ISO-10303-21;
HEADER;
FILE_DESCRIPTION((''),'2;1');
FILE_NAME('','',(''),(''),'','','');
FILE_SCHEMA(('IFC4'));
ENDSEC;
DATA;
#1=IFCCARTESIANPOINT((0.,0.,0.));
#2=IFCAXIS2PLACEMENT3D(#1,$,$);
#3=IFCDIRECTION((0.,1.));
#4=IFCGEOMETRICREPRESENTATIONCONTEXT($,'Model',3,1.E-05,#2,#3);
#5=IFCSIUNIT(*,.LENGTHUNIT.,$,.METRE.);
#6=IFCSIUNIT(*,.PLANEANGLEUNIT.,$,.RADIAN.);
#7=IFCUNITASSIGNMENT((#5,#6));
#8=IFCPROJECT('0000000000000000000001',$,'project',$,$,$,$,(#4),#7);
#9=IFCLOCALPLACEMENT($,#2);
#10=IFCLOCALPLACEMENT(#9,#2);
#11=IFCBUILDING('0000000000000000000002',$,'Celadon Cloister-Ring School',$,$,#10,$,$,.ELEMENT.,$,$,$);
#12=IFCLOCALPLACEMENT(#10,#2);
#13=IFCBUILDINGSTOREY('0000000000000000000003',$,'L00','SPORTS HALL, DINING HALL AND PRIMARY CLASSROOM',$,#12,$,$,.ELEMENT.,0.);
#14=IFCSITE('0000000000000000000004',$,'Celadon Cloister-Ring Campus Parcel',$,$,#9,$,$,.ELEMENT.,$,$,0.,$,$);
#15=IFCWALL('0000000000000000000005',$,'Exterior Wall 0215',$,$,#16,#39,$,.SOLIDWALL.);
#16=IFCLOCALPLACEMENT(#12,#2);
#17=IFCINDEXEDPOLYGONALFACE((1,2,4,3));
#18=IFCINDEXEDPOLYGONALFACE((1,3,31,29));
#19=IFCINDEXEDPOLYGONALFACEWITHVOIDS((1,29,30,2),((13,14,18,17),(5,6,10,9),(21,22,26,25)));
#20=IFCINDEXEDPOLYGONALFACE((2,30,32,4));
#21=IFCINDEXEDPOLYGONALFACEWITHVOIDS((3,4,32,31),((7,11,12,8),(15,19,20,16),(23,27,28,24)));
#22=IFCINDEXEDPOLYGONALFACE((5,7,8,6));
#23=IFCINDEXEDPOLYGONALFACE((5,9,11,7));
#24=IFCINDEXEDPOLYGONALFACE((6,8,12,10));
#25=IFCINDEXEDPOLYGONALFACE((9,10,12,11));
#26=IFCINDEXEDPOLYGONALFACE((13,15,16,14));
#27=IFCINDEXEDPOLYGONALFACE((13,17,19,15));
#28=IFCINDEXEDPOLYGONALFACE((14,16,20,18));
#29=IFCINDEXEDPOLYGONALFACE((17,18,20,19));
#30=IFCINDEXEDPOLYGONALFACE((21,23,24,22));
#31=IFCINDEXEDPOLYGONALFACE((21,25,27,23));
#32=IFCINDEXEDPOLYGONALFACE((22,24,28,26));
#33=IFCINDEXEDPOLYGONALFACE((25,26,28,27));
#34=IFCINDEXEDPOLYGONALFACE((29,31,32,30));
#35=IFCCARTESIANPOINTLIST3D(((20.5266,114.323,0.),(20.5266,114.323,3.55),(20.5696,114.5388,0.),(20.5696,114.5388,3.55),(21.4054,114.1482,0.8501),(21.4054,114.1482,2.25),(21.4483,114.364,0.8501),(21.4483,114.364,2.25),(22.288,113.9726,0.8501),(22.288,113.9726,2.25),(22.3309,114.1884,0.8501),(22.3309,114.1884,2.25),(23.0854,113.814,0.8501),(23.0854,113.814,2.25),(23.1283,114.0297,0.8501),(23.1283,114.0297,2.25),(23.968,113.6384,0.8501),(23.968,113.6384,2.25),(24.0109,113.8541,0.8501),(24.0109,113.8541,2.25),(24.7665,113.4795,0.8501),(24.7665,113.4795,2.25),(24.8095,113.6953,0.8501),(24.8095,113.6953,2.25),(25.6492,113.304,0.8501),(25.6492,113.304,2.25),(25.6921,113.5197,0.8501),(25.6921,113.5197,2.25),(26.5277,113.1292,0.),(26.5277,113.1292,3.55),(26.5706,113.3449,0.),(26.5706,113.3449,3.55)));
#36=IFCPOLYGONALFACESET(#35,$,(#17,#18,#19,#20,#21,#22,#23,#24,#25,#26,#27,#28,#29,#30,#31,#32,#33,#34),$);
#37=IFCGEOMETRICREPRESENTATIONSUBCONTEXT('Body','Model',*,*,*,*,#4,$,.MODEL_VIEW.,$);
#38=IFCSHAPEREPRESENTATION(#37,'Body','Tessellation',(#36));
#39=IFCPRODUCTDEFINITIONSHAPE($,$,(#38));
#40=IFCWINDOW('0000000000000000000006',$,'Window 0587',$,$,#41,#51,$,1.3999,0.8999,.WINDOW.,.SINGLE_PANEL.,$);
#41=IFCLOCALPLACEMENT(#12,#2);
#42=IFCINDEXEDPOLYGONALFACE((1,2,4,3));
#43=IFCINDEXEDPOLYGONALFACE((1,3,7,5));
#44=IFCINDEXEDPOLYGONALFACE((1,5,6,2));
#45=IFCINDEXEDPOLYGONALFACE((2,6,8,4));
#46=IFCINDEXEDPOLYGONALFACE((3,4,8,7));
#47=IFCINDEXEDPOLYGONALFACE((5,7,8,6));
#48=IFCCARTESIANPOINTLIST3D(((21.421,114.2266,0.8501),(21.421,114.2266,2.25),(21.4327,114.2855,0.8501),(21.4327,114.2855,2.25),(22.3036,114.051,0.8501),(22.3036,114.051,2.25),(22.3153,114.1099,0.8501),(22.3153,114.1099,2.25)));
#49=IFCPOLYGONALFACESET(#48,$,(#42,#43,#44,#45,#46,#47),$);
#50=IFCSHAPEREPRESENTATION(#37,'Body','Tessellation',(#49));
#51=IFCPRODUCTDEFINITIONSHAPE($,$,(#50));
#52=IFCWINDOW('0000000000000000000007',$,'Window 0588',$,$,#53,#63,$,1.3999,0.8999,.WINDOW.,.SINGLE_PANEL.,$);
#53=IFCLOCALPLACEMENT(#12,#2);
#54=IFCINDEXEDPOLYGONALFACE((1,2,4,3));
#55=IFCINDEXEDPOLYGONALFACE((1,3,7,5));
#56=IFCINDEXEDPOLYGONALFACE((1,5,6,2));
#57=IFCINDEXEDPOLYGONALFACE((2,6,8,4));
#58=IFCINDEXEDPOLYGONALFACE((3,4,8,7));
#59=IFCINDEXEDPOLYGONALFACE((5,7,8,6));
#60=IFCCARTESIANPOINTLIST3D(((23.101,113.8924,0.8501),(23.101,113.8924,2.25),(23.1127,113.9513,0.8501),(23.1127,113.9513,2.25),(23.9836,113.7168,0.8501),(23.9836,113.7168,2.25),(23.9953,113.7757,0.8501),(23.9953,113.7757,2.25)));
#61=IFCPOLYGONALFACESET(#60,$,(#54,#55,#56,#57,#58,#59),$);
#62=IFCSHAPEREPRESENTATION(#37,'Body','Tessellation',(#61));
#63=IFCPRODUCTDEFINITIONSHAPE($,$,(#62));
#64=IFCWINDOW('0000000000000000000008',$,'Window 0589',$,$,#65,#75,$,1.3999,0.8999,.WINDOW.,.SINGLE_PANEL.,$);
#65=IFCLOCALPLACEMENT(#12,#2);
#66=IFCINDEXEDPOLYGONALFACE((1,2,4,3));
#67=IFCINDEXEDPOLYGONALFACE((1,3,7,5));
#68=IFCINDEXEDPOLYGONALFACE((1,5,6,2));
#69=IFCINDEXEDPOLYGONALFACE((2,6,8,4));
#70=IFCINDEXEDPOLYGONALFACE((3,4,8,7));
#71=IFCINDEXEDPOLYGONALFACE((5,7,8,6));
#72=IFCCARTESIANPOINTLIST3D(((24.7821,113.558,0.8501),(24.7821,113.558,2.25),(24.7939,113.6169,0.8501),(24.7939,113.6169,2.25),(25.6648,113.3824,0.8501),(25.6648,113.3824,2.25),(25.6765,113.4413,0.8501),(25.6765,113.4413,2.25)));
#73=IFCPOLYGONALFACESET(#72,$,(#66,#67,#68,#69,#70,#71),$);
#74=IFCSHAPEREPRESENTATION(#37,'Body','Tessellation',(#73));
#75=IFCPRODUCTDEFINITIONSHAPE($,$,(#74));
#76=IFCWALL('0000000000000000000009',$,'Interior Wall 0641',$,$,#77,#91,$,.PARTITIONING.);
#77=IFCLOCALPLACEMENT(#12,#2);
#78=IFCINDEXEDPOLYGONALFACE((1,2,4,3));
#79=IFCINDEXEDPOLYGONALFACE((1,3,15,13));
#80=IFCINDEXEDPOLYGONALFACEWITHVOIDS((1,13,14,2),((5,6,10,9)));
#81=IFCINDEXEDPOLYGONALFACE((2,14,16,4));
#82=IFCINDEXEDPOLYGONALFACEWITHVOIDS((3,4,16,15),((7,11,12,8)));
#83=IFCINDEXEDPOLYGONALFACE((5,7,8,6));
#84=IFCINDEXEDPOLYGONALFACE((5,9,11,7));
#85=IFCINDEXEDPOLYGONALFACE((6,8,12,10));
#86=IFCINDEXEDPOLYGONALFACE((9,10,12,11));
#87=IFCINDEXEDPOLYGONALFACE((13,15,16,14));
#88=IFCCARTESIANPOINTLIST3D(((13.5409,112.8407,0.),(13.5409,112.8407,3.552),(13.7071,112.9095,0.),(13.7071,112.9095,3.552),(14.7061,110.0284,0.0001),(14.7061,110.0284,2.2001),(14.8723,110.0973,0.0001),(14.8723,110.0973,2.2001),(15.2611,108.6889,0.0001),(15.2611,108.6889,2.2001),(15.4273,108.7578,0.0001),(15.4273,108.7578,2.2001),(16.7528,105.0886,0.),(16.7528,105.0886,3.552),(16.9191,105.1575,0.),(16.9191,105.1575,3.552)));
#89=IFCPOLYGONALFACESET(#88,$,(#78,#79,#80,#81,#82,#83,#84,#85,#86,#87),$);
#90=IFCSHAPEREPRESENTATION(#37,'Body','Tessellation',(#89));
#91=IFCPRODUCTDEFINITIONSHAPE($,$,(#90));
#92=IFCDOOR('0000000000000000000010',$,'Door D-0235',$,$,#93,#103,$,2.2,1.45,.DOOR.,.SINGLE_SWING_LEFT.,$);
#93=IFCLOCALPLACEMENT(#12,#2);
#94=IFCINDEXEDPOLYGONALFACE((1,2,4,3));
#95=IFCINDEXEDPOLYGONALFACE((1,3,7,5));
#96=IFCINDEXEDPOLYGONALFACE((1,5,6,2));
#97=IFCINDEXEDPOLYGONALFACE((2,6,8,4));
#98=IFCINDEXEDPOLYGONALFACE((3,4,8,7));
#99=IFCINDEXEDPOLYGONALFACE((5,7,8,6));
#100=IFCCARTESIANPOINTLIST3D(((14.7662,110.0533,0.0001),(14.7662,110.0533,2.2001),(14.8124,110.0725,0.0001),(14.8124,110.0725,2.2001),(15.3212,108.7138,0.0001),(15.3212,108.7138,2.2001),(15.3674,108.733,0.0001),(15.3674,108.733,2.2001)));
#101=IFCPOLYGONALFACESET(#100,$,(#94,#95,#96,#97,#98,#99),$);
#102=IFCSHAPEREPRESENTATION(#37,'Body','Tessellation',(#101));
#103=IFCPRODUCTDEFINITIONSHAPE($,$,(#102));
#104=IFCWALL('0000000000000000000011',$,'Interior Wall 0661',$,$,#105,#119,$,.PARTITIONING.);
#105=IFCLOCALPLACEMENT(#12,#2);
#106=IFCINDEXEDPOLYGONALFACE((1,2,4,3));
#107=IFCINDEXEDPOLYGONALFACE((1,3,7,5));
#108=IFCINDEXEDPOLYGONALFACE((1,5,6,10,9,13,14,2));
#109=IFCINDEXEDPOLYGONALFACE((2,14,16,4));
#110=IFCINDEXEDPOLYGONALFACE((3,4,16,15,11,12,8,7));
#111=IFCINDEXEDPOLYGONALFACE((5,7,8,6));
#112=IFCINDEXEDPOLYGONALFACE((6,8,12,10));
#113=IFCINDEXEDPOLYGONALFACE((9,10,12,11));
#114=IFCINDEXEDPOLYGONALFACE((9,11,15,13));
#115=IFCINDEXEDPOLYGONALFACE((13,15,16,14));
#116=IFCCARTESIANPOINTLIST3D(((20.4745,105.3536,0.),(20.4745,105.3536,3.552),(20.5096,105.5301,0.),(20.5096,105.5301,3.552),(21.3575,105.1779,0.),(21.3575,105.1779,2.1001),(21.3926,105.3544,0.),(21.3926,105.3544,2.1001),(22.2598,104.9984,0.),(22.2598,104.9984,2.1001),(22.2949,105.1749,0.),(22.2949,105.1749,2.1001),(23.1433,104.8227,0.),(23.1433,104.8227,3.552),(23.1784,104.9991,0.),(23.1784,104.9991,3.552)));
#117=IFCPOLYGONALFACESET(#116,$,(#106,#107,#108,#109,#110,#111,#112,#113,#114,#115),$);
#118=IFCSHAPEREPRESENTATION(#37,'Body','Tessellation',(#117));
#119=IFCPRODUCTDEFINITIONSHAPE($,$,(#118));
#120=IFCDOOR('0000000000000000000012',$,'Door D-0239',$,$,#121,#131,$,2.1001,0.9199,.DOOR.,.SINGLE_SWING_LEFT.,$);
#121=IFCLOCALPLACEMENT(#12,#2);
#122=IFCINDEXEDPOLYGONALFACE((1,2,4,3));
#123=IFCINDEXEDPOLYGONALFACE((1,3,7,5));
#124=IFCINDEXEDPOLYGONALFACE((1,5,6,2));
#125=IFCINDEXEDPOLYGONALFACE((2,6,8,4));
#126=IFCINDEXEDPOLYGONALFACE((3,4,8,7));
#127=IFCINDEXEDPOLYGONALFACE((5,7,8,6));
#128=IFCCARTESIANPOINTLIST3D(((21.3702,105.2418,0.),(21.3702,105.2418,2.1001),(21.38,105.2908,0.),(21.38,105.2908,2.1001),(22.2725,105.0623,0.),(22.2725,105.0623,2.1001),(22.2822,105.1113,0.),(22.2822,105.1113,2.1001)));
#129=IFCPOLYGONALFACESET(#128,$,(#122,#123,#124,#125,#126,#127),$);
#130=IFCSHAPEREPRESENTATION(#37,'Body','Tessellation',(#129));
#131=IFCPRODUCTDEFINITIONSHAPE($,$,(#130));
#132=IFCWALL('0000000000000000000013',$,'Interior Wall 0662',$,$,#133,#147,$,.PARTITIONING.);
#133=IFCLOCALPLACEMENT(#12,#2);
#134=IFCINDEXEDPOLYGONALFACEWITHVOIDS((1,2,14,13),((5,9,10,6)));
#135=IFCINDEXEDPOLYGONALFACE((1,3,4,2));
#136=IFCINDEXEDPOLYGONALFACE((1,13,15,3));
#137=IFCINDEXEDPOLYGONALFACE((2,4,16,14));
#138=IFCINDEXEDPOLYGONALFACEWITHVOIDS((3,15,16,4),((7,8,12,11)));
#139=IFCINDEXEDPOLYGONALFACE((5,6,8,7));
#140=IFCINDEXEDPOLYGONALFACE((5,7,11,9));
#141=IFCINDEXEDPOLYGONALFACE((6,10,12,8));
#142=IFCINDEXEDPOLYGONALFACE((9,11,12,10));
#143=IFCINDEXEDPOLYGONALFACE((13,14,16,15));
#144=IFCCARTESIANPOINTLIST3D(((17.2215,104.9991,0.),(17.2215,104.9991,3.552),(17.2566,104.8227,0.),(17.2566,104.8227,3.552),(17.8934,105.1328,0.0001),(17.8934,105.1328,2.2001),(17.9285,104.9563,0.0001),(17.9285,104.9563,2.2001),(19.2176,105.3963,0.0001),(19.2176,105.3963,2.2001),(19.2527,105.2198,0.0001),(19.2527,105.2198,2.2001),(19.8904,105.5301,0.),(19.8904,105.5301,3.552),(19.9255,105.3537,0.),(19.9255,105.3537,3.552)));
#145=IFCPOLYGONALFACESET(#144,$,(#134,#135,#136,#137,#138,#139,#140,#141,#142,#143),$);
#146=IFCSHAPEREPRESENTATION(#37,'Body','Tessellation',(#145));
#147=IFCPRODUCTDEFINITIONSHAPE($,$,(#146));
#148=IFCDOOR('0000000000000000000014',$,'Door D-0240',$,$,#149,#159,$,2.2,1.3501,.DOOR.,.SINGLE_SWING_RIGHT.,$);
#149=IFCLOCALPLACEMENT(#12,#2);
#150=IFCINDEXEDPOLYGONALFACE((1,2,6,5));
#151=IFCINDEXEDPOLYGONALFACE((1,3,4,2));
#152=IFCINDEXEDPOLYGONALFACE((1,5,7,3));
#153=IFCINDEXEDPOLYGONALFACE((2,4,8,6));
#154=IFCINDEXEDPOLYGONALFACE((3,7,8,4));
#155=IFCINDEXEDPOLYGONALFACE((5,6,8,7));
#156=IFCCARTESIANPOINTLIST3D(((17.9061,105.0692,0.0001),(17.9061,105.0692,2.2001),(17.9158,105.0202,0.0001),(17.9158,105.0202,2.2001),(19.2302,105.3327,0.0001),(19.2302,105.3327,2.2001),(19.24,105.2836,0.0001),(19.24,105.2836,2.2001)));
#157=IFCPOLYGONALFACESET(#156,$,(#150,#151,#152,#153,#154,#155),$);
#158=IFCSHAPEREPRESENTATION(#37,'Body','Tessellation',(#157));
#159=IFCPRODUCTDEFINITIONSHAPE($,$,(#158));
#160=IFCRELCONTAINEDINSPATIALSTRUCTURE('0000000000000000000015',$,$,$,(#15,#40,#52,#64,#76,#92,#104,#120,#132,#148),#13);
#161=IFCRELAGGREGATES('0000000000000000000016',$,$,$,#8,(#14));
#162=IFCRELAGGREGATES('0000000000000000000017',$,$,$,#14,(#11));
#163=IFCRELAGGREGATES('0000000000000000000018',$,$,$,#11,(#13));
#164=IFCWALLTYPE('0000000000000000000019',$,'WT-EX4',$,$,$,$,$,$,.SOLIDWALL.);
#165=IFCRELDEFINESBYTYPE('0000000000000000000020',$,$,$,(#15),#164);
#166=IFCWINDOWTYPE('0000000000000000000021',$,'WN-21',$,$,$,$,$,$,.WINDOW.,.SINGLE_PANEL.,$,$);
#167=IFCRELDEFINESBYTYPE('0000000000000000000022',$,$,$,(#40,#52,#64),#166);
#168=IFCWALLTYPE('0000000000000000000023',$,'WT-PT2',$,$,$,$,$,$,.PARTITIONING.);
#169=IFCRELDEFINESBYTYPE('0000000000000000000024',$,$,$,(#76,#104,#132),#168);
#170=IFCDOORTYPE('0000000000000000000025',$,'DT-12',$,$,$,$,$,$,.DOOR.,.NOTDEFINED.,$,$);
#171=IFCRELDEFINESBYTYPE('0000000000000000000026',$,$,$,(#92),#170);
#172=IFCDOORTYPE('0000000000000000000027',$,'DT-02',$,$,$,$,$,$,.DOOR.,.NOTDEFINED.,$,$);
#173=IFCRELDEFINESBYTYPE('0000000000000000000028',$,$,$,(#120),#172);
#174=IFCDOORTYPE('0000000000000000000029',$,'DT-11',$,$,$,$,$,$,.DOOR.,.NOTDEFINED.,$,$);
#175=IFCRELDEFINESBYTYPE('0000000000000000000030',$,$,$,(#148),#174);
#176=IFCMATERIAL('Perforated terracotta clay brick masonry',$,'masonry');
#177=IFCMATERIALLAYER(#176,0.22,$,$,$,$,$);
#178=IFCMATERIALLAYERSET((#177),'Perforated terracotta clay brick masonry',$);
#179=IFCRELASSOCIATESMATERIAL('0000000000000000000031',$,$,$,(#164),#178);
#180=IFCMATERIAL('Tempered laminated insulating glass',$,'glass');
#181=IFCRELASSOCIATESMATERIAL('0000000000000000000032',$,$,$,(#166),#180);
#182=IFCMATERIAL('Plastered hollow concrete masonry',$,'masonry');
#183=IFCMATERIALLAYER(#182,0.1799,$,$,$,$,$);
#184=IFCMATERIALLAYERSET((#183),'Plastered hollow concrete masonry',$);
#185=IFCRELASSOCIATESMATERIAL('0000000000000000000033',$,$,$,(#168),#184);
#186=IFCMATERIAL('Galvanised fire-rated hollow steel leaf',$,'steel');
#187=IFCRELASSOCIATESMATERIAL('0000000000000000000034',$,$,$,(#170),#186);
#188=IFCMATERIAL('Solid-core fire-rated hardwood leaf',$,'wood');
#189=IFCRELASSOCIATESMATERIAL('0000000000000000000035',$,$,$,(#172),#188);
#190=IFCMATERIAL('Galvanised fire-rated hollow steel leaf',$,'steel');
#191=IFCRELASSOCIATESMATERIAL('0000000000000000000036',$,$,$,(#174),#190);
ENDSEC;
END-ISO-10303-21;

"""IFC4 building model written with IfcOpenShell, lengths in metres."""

from ifc_helpers import new_model, si_unit, direction, frame, frame_2d, origin, place, context, subcontext, project, spatial, rectangle, extrude, material, layer, layer_set, type_object, element, fill, save


model = new_model("IFC4")

# Units and contexts
model_context = context("Model", 3, precision=1e-05, world=origin(), true_north=direction((0.0, 1.0)))
body_context = subcontext(model_context, "Body", "Model", "MODEL_VIEW")
ifc_project = project(units=[si_unit("LENGTHUNIT", "METRE"), si_unit("PLANEANGLEUNIT", "RADIAN")], contexts=[model_context])

# Site, building, storey
site_placement = place(None, origin())
site = spatial("IfcSite", under=ifc_project, at=site_placement, Name="Celadon Cloister-Ring Campus Parcel", CompositionType="ELEMENT", RefElevation=0.0)
building_placement = place(site_placement, origin())
building = spatial("IfcBuilding", under=site, at=building_placement, Name="Celadon Cloister-Ring School", CompositionType="ELEMENT")
storey_placement = place(building_placement, origin())
storey = spatial("IfcBuildingStorey", under=building, at=storey_placement, Name="L00", Description="SPORTS HALL, DINING HALL AND PRIMARY CLASSROOM", CompositionType="ELEMENT", Elevation=0.0)

# Wall, openings, windows
ifc_material_1 = material(Name="Perforated terracotta clay brick masonry", Category="masonry")
ifc_layer_1 = layer(ifc_material_1, 0.22)
ifc_layer_set_1 = layer_set([ifc_layer_1], Name="Perforated terracotta clay brick masonry")
wall_type_1 = type_object("IfcWallType", Name="WT-EX4", PredefinedType="SOLIDWALL", material=ifc_layer_set_1)
wall_1_placement = place(storey_placement, frame((20.5481, 114.4309, 0.0), z_axis=(0.0, 0.0, 1.0), x_axis=(0.98078, -0.195118, 0.0)))
wall_1 = element("IfcWall", 1, at=wall_1_placement, inside=storey, type_object=wall_type_1, Name="Exterior Wall 0215", PredefinedType="SOLIDWALL", context=body_context, shape_type="SweptSolid", body=[
    extrude(rectangle(XDim=6.1187, YDim=0.22, at=frame_2d((3.0593, 0.0))), origin(), (0.0, 0.0, 1.0), 3.55),
])
opening_1_placement = place(wall_1_placement, frame((0.896, 0.0, 0.8501)))
opening_1 = element("IfcOpeningElement", 2, at=opening_1_placement, cuts=wall_1, PredefinedType="OPENING", context=body_context, shape_type="SweptSolid", body=[
    extrude(rectangle(XDim=0.8999, YDim=1.3999, at=frame_2d((0.45, 0.7))), frame((0.0, 0.1201, 0.0), z_axis=(0.0, -1.0, 0.0), x_axis=(1.0, 0.0, 0.0)), (0.0, 0.0, 1.0), 0.24),
])
opening_2_placement = place(wall_1_placement, frame((2.6089, 0.0, 0.8501)))
opening_2 = element("IfcOpeningElement", 3, at=opening_2_placement, cuts=wall_1, PredefinedType="OPENING", context=body_context, shape_type="SweptSolid", body=[
    extrude(rectangle(XDim=0.8999, YDim=1.3999, at=frame_2d((0.45, 0.7))), frame((0.0, 0.1201, 0.0), z_axis=(0.0, -1.0, 0.0), x_axis=(1.0, 0.0, 0.0)), (0.0, 0.0, 1.0), 0.24),
])
opening_3_placement = place(wall_1_placement, frame((4.323, 0.0, 0.8501)))
opening_3 = element("IfcOpeningElement", 4, at=opening_3_placement, cuts=wall_1, PredefinedType="OPENING", context=body_context, shape_type="SweptSolid", body=[
    extrude(rectangle(XDim=0.8999, YDim=1.3999, at=frame_2d((0.45, 0.7))), frame((0.0, 0.1201, 0.0), z_axis=(0.0, -1.0, 0.0), x_axis=(1.0, 0.0, 0.0)), (0.0, 0.0, 1.0), 0.24),
])
ifc_material_2 = material(Name="Tempered laminated insulating glass", Category="glass")
window_type = type_object("IfcWindowType", Name="WN-21", PartitioningType="SINGLE_PANEL", PredefinedType="WINDOW", material=ifc_material_2)
window_1_placement = place(opening_1_placement, origin())
window_1 = element("IfcWindow", 5, at=window_1_placement, inside=storey, type_object=window_type, Name="Window 0587", OverallHeight=1.3999, OverallWidth=0.8999, PartitioningType="SINGLE_PANEL", PredefinedType="WINDOW", context=body_context, shape_type="SweptSolid", body=[
    extrude(rectangle(XDim=0.8999, YDim=1.3999, at=frame_2d((0.45, 0.7))), frame((0.0, 0.03, 0.0), z_axis=(0.0, -1.0, 0.0), x_axis=(1.0, 0.0, 0.0)), (0.0, 0.0, 1.0), 0.0601),
])
fill(opening_1, window_1)
window_2_placement = place(opening_2_placement, origin())
window_2 = element("IfcWindow", 6, at=window_2_placement, inside=storey, type_object=window_type, Name="Window 0588", OverallHeight=1.3999, OverallWidth=0.8999, PartitioningType="SINGLE_PANEL", PredefinedType="WINDOW", context=body_context, shape_type="SweptSolid", body=[
    extrude(rectangle(XDim=0.8999, YDim=1.3999, at=frame_2d((0.45, 0.7))), frame((0.0, 0.03, 0.0), z_axis=(0.0, -1.0, 0.0), x_axis=(1.0, 0.0, 0.0)), (0.0, 0.0, 1.0), 0.0601),
])
fill(opening_2, window_2)
window_3_placement = place(opening_3_placement, origin())
window_3 = element("IfcWindow", 7, at=window_3_placement, inside=storey, type_object=window_type, Name="Window 0589", OverallHeight=1.3999, OverallWidth=0.8999, PartitioningType="SINGLE_PANEL", PredefinedType="WINDOW", context=body_context, shape_type="SweptSolid", body=[
    extrude(rectangle(XDim=0.8999, YDim=1.3999, at=frame_2d((0.45, 0.7))), frame((0.0, 0.03, 0.0), z_axis=(0.0, -1.0, 0.0), x_axis=(1.0, 0.0, 0.0)), (0.0, 0.0, 1.0), 0.0601),
])
fill(opening_3, window_3)

# Walls, openings, doors
ifc_material_3 = material(Name="Plastered hollow concrete masonry", Category="masonry")
ifc_layer_2 = layer(ifc_material_3, 0.1799)
ifc_layer_set_2 = layer_set([ifc_layer_2], Name="Plastered hollow concrete masonry")
wall_type_2 = type_object("IfcWallType", Name="WT-PT2", PredefinedType="PARTITIONING", material=ifc_layer_set_2)
wall_2_placement = place(storey_placement, frame((16.8359, 105.123, 0.0), z_axis=(0.0, 0.0, 1.0), x_axis=(-0.38278, 0.92384, 0.0)))
wall_2 = element("IfcWall", 8, at=wall_2_placement, inside=storey, type_object=wall_type_2, Name="Interior Wall 0641", PredefinedType="PARTITIONING", context=body_context, shape_type="SweptSolid", body=[
    extrude(rectangle(XDim=8.3911, YDim=0.1799, at=frame_2d((4.1956, 0.0))), origin(), (0.0, 0.0, 1.0), 3.552),
])
opening_4_placement = place(wall_2_placement, frame((3.897, 0.0, 0.0)))
opening_4 = element("IfcOpeningElement", 9, at=opening_4_placement, cuts=wall_2, PredefinedType="OPENING", context=body_context, shape_type="SweptSolid", body=[
    extrude(rectangle(XDim=1.45, YDim=2.2, at=frame_2d((0.7251, 1.1001))), frame((0.0, 0.1001, 0.0), z_axis=(0.0, -1.0, 0.0), x_axis=(1.0, 0.0, 0.0)), (0.0, 0.0, 1.0), 0.2),
])
ifc_material_4 = material(Name="Galvanised fire-rated hollow steel leaf", Category="steel")
door_type_1 = type_object("IfcDoorType", Name="DT-12", OperationType="NOTDEFINED", PredefinedType="DOOR", material=ifc_material_4)
door_1_placement = place(opening_4_placement, origin())
door_1 = element("IfcDoor", 10, at=door_1_placement, inside=storey, type_object=door_type_1, Name="Door D-0235", OperationType="SINGLE_SWING_LEFT", OverallHeight=2.2, OverallWidth=1.45, PredefinedType="DOOR", context=body_context, shape_type="SweptSolid", body=[
    extrude(rectangle(XDim=1.45, YDim=2.2, at=frame_2d((0.7251, 1.1001))), frame((0.0, 0.0249, 0.0), z_axis=(0.0, -1.0, 0.0), x_axis=(1.0, 0.0, 0.0)), (0.0, 0.0, 1.0), 0.05),
])
fill(opening_4, door_1)
wall_3_placement = place(storey_placement, frame((23.1609, 104.9109, 0.0), z_axis=(0.0, 0.0, 1.0), x_axis=(-0.980777, 0.195133, 0.0)))
wall_3 = element("IfcWall", 11, at=wall_3_placement, inside=storey, type_object=wall_type_2, Name="Interior Wall 0661", PredefinedType="PARTITIONING", context=body_context, shape_type="SweptSolid", body=[
    extrude(rectangle(XDim=2.7212, YDim=0.1799, at=frame_2d((1.3606, 0.0))), origin(), (0.0, 0.0, 1.0), 3.552),
])
opening_5_placement = place(wall_3_placement, frame((0.9009, 0.0, 0.0)))
opening_5 = element("IfcOpeningElement", 12, at=opening_5_placement, cuts=wall_3, PredefinedType="OPENING", context=body_context, shape_type="SweptSolid", body=[
    extrude(rectangle(XDim=0.9199, YDim=2.1001, at=frame_2d((0.46, 1.05))), frame((0.0, 0.1001, 0.0), z_axis=(0.0, -1.0, 0.0), x_axis=(1.0, 0.0, 0.0)), (0.0, 0.0, 1.0), 0.2),
])
ifc_material_5 = material(Name="Solid-core fire-rated hardwood leaf", Category="wood")
door_type_2 = type_object("IfcDoorType", Name="DT-02", OperationType="NOTDEFINED", PredefinedType="DOOR", material=ifc_material_5)
door_2_placement = place(opening_5_placement, origin())
door_2 = element("IfcDoor", 13, at=door_2_placement, inside=storey, type_object=door_type_2, Name="Door D-0239", OperationType="SINGLE_SWING_LEFT", OverallHeight=2.1001, OverallWidth=0.9199, PredefinedType="DOOR", context=body_context, shape_type="SweptSolid", body=[
    extrude(rectangle(XDim=0.9199, YDim=2.1001, at=frame_2d((0.46, 1.05))), frame((0.0, 0.0249, 0.0), z_axis=(0.0, -1.0, 0.0), x_axis=(1.0, 0.0, 0.0)), (0.0, 0.0, 1.0), 0.05),
])
fill(opening_5, door_2)
wall_4_placement = place(storey_placement, frame((19.908, 105.4419, 0.0), z_axis=(0.0, 0.0, 1.0), x_axis=(-0.980777, -0.195133, 0.0)))
wall_4 = element("IfcWall", 14, at=wall_4_placement, inside=storey, type_object=wall_type_2, Name="Interior Wall 0662", PredefinedType="PARTITIONING", context=body_context, shape_type="SweptSolid", body=[
    extrude(rectangle(XDim=2.7212, YDim=0.1799, at=frame_2d((1.3606, 0.0))), origin(), (0.0, 0.0, 1.0), 3.552),
])
opening_6_placement = place(wall_4_placement, frame((0.686, 0.0, 0.0)))
opening_6 = element("IfcOpeningElement", 15, at=opening_6_placement, cuts=wall_4, PredefinedType="OPENING", context=body_context, shape_type="SweptSolid", body=[
    extrude(rectangle(XDim=1.3501, YDim=2.2, at=frame_2d((0.675, 1.1001))), frame((0.0, 0.1001, 0.0), z_axis=(0.0, -1.0, 0.0), x_axis=(1.0, 0.0, 0.0)), (0.0, 0.0, 1.0), 0.2),
])
ifc_material_6 = material(Name="Galvanised fire-rated hollow steel leaf", Category="steel")
door_type_3 = type_object("IfcDoorType", Name="DT-11", OperationType="NOTDEFINED", PredefinedType="DOOR", material=ifc_material_6)
door_3_placement = place(opening_6_placement, origin())
door_3 = element("IfcDoor", 16, at=door_3_placement, inside=storey, type_object=door_type_3, Name="Door D-0240", OperationType="SINGLE_SWING_RIGHT", OverallHeight=2.2, OverallWidth=1.3501, PredefinedType="DOOR", context=body_context, shape_type="SweptSolid", body=[
    extrude(rectangle(XDim=1.3501, YDim=2.2, at=frame_2d((0.675, 1.1001))), frame((0.0, 0.0249, 0.0), z_axis=(0.0, -1.0, 0.0), x_axis=(1.0, 0.0, 0.0)), (0.0, 0.0, 1.0), 0.05),
])
fill(opening_6, door_3)

save(model, "model.ifc")
